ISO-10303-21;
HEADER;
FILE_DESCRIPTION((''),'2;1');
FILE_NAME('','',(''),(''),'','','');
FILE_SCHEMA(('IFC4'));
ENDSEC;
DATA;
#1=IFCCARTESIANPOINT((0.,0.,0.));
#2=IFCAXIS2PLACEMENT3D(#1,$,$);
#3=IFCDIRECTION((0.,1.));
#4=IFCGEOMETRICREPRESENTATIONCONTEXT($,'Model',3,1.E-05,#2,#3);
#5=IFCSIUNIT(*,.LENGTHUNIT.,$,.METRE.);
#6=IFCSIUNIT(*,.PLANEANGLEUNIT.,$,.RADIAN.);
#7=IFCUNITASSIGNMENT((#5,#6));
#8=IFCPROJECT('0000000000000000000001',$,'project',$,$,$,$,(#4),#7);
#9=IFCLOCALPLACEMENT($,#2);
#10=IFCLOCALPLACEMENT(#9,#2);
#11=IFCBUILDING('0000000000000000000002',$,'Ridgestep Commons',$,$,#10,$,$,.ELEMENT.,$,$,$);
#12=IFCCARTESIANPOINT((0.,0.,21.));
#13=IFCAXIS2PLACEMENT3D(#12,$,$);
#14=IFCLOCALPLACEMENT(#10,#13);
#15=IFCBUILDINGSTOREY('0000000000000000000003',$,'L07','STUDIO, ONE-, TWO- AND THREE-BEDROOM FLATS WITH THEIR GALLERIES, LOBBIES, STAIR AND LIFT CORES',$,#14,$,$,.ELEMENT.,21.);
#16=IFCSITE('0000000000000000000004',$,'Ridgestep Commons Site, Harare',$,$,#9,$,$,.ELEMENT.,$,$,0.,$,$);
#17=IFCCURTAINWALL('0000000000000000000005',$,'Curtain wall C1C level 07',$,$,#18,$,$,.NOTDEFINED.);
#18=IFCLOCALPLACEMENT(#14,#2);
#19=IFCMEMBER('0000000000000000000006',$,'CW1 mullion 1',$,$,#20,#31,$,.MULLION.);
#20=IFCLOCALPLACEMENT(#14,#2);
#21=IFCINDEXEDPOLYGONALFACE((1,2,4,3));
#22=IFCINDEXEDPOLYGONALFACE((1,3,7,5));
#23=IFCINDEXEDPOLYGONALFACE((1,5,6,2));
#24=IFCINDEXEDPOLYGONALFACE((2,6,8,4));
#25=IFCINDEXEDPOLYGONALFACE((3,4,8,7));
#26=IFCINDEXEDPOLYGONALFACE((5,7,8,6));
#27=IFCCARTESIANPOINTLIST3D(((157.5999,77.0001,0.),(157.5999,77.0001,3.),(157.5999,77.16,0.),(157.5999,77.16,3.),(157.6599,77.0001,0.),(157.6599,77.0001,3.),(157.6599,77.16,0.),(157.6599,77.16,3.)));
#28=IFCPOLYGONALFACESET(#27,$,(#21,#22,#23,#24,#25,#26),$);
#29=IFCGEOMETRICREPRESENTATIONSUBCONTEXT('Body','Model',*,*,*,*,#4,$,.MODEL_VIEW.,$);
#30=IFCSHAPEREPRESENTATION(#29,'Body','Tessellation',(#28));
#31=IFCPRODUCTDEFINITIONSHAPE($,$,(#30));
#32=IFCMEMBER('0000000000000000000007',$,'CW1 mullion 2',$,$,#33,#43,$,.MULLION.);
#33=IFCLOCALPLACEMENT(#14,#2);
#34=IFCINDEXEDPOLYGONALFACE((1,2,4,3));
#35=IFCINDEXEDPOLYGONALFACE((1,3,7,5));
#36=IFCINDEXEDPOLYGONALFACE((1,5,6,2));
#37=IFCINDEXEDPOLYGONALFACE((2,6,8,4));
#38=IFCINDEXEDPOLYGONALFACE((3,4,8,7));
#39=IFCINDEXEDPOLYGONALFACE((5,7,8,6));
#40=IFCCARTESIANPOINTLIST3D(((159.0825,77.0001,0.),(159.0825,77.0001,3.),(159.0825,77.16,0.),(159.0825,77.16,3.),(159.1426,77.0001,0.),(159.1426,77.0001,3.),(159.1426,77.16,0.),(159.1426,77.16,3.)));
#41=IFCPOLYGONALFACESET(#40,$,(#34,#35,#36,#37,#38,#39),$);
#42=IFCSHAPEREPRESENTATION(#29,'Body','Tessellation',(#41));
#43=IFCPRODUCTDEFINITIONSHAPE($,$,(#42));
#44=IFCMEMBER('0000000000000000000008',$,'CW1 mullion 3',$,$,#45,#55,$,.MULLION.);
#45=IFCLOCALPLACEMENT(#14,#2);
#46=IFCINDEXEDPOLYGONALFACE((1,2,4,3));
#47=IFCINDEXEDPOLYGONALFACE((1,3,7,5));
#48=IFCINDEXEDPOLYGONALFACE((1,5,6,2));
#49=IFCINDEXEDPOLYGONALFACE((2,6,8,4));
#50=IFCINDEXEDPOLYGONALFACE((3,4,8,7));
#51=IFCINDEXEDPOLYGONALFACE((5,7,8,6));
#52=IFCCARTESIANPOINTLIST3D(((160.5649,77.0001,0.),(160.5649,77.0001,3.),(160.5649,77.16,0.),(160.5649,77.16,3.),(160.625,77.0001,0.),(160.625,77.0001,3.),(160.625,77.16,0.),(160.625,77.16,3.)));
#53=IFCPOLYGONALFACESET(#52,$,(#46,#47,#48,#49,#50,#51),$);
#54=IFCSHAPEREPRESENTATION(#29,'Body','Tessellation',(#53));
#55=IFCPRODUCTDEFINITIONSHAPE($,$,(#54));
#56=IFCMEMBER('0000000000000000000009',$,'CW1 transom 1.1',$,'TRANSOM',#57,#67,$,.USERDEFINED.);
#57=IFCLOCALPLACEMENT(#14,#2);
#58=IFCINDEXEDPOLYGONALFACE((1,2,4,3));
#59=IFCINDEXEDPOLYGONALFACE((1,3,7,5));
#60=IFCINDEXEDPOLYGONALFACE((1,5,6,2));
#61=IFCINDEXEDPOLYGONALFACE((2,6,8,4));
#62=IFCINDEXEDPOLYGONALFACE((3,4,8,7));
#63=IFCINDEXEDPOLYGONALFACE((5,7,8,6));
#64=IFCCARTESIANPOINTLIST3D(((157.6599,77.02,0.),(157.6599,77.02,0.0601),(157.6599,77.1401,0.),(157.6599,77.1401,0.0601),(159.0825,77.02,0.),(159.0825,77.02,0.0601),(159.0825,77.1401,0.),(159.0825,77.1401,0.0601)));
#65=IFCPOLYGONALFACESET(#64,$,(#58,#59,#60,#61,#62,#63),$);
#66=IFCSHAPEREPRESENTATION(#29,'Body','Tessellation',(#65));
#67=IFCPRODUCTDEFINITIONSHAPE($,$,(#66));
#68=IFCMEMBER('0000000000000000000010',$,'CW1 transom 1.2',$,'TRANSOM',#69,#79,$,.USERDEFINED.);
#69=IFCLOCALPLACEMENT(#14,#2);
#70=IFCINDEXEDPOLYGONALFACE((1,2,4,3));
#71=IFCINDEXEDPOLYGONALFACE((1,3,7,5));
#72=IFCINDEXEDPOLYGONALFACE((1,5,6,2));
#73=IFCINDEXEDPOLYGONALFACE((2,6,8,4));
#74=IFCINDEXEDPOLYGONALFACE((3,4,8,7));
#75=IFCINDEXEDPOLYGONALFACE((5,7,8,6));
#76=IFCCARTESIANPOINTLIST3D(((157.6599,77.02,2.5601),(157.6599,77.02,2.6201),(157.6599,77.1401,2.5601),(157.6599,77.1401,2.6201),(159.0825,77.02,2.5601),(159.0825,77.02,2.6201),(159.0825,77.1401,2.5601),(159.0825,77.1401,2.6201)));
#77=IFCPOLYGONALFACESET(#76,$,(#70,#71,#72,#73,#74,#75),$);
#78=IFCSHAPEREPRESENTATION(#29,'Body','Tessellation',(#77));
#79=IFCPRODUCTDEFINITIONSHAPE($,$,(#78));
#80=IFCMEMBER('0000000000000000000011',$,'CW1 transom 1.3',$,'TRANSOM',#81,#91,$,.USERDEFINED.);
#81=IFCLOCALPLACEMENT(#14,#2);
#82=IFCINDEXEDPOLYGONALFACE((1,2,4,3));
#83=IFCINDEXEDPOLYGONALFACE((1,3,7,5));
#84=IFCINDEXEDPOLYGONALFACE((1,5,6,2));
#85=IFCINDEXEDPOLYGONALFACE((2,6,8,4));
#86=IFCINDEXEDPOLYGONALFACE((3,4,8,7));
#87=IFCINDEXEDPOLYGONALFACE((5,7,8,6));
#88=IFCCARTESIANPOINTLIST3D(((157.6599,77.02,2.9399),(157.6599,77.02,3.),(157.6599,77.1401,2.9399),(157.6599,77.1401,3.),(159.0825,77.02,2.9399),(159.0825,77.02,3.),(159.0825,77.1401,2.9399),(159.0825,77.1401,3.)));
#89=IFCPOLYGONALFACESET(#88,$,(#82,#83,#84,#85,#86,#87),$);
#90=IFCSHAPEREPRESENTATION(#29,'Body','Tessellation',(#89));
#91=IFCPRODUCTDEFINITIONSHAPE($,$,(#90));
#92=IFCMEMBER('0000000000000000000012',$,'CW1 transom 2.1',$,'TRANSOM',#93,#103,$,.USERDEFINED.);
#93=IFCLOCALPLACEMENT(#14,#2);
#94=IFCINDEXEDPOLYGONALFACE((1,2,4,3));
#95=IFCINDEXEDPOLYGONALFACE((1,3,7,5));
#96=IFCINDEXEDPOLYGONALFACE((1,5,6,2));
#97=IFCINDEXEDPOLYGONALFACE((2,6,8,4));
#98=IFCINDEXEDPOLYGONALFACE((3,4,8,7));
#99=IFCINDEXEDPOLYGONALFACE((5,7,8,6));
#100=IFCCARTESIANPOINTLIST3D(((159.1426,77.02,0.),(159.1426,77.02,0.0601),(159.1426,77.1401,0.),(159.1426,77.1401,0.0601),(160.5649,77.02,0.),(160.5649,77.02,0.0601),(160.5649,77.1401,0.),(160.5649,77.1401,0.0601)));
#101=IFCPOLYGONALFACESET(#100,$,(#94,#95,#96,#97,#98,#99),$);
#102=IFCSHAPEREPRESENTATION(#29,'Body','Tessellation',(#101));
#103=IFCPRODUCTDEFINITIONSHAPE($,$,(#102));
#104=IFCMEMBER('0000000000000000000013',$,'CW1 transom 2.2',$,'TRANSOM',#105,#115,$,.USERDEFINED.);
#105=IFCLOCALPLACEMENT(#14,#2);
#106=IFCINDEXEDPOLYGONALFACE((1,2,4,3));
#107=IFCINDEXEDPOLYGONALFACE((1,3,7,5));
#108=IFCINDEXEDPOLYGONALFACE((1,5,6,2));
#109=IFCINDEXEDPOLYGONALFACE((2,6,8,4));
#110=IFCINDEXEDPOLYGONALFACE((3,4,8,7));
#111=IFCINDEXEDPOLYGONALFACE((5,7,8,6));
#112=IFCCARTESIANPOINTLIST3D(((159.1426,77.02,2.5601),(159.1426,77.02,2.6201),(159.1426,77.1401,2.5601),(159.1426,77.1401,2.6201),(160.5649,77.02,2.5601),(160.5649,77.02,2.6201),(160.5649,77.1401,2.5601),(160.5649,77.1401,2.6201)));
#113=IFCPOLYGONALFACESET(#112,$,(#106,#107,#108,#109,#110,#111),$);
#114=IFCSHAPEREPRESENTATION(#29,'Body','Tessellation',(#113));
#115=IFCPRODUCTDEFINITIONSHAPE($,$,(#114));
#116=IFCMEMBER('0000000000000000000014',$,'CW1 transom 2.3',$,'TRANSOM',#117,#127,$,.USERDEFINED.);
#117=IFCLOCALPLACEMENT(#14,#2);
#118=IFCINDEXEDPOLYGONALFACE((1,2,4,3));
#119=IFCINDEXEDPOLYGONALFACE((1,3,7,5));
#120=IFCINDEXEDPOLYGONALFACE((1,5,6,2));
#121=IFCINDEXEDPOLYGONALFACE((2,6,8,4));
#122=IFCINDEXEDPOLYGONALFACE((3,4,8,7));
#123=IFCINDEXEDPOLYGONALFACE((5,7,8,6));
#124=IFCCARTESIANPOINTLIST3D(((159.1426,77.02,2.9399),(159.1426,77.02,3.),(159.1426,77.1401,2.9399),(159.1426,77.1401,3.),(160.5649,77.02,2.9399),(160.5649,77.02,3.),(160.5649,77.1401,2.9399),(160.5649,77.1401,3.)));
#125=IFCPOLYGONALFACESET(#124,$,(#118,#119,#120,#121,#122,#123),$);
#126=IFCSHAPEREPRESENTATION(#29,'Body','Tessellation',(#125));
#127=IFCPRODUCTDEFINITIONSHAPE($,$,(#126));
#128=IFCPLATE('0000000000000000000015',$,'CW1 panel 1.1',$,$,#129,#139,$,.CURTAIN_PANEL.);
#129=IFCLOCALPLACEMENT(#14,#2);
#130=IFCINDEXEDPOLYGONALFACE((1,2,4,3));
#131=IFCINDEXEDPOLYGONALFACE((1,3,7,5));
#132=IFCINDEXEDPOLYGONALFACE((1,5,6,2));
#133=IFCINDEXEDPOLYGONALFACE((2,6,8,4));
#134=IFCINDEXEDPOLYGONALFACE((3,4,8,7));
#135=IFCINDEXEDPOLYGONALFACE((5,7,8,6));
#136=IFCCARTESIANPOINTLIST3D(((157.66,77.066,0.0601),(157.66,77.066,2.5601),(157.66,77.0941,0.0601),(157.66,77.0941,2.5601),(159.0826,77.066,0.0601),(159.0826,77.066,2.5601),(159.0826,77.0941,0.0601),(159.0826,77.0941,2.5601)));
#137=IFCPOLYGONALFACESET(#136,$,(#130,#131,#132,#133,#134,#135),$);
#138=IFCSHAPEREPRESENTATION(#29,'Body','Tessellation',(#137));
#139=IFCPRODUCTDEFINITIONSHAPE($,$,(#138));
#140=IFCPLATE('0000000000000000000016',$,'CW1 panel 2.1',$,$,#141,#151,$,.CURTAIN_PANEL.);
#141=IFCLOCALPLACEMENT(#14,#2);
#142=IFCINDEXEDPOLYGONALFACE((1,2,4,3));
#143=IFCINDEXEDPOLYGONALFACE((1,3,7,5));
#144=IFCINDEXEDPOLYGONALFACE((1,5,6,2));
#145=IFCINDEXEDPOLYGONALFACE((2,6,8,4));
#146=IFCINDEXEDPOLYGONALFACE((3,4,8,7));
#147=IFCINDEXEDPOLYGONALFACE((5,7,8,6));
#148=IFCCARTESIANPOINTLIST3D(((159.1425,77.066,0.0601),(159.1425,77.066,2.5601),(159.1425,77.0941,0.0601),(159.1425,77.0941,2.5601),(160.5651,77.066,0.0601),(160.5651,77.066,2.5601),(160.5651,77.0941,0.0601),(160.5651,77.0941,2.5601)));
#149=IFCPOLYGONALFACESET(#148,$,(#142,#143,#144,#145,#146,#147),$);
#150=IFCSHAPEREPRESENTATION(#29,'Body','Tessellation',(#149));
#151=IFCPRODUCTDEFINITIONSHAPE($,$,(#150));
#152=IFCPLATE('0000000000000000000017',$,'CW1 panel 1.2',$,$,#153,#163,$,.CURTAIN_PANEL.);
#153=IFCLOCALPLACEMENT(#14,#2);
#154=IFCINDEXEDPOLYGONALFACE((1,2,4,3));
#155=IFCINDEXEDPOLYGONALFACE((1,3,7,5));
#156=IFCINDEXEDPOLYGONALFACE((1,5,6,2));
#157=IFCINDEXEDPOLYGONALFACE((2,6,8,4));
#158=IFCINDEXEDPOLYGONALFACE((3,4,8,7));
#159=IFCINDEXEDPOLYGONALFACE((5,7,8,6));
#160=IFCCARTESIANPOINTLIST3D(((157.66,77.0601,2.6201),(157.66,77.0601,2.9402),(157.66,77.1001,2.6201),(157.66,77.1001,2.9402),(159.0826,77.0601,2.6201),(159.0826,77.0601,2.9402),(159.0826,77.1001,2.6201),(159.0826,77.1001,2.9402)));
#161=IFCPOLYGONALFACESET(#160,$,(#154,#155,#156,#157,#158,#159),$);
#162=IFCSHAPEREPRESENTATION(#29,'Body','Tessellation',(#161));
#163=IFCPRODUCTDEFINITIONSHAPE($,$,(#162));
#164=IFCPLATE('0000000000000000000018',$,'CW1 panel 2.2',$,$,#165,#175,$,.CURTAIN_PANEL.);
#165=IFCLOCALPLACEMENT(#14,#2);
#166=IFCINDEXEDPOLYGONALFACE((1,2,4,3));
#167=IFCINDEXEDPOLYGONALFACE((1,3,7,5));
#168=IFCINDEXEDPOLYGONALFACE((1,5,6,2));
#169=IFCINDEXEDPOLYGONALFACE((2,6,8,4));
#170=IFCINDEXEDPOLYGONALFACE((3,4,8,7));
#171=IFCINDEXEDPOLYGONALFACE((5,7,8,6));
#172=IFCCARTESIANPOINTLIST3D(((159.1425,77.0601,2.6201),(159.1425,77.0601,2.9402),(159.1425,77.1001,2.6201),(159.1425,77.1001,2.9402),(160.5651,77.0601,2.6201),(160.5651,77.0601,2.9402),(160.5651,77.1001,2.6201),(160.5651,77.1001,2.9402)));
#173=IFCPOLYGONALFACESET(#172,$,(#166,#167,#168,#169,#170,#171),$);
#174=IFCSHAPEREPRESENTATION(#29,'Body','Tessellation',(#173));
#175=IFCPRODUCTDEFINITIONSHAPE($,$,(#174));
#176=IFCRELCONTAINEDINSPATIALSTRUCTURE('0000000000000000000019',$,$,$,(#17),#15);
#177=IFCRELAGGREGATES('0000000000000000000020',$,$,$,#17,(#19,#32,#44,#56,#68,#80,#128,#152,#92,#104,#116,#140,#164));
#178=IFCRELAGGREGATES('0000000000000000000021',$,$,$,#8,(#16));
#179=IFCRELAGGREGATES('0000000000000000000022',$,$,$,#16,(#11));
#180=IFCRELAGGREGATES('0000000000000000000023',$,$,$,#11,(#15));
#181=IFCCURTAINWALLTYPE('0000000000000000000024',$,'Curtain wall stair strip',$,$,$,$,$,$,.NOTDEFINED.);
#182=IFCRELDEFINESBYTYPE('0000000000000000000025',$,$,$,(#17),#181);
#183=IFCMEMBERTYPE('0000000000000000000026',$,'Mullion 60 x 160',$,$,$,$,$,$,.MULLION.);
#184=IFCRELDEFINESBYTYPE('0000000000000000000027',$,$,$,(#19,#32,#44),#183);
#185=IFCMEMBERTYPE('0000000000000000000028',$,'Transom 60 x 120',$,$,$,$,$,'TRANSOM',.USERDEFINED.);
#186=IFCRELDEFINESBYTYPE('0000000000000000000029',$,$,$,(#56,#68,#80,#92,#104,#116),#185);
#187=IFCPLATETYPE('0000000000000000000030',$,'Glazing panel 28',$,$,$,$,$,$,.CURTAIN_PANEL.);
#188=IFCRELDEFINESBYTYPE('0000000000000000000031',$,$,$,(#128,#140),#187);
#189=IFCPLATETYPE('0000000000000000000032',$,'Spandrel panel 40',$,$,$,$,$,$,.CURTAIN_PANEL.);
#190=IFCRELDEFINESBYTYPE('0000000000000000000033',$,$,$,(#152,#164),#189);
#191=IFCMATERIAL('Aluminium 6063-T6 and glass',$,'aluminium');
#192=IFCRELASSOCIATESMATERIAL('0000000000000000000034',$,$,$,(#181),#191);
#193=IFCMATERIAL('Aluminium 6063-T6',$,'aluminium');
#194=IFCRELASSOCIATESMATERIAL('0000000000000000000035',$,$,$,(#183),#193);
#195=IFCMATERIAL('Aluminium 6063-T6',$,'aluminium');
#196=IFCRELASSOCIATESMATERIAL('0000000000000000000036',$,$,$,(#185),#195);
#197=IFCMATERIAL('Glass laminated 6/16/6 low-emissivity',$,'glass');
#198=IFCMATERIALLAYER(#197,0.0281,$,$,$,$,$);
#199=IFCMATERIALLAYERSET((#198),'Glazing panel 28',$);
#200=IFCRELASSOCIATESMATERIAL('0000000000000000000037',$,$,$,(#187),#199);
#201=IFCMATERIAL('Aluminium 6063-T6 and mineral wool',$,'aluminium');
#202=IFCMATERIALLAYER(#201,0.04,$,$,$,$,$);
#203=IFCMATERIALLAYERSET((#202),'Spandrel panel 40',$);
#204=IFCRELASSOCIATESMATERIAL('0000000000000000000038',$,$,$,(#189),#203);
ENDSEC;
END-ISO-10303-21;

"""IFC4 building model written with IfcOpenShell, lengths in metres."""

from ifc_helpers import new_model, si_unit, direction, frame, origin, origin_2d, place, context, subcontext, project, spatial, rectangle, extrude, material, layer, layer_set, material_profile, profile_set, type_object, element, aggregate, save


model = new_model("IFC4")

# Units and contexts
model_context = context("Model", 3, precision=1e-05, world=origin(), true_north=direction((0.0, 1.0)))
body_context = subcontext(model_context, "Body", "Model", "MODEL_VIEW")
ifc_project = project(units=[si_unit("LENGTHUNIT", "METRE"), si_unit("PLANEANGLEUNIT", "RADIAN")], contexts=[model_context])

# Site, building, storey
site_placement = place(None, origin())
site = spatial("IfcSite", under=ifc_project, at=site_placement, Name="Ridgestep Commons Site, Harare", CompositionType="ELEMENT", RefElevation=0.0)
building_placement = place(site_placement, origin())
building = spatial("IfcBuilding", under=site, at=building_placement, Name="Ridgestep Commons", CompositionType="ELEMENT")
storey_placement = place(building_placement, frame((0.0, 0.0, 21.0)))
storey = spatial("IfcBuildingStorey", under=building, at=storey_placement, Name="L07", Description="STUDIO, ONE-, TWO- AND THREE-BEDROOM FLATS WITH THEIR GALLERIES, LOBBIES, STAIR AND LIFT CORES", CompositionType="ELEMENT", Elevation=21.0)

# Curtain wall, members, plates
ifc_material_1 = material(Name="Aluminium 6063-T6 and glass", Category="aluminium")
curtain_wall_type = type_object("IfcCurtainWallType", Name="Curtain wall stair strip", PredefinedType="NOTDEFINED", material=ifc_material_1)
curtain_wall_placement = place(storey_placement, origin())
curtain_wall = element("IfcCurtainWall", 1, at=curtain_wall_placement, inside=storey, type_object=curtain_wall_type, Name="Curtain wall C1C level 07", PredefinedType="NOTDEFINED")
ifc_material_2 = material(Name="Aluminium 6063-T6", Category="aluminium")
ifc_material_profile_1 = material_profile(ifc_material_2, rectangle(XDim=0.1599, YDim=0.0601, at=origin_2d()), Name="Mullion 60 x 160")
ifc_profile_set_1 = profile_set([ifc_material_profile_1], Name="Aluminium 6063-T6")
member_type_1 = type_object("IfcMemberType", Name="Mullion 60 x 160", PredefinedType="MULLION", material=ifc_profile_set_1)
member_1_placement = place(storey_placement, frame((157.6299, 77.0801, 0.0), z_axis=(0.0, 0.0, 1.0), x_axis=(0.0, 1.0, 0.0)))
member_1 = element("IfcMember", 2, at=member_1_placement, type_object=member_type_1, Name="CW1 mullion 1", PredefinedType="MULLION", context=body_context, shape_type="SweptSolid", body=[
    extrude(rectangle(XDim=0.1599, YDim=0.0601, at=origin_2d()), origin(), (0.0, 0.0, 1.0), 3.0),
])
member_2_placement = place(storey_placement, frame((159.1125, 77.0801, 0.0), z_axis=(0.0, 0.0, 1.0), x_axis=(0.0, 1.0, 0.0)))
member_2 = element("IfcMember", 3, at=member_2_placement, type_object=member_type_1, Name="CW1 mullion 2", PredefinedType="MULLION", context=body_context, shape_type="SweptSolid", body=[
    extrude(rectangle(XDim=0.1599, YDim=0.0601, at=origin_2d()), origin(), (0.0, 0.0, 1.0), 3.0),
])
member_3_placement = place(storey_placement, frame((160.595, 77.0801, 0.0), z_axis=(0.0, 0.0, 1.0), x_axis=(0.0, 1.0, 0.0)))
member_3 = element("IfcMember", 4, at=member_3_placement, type_object=member_type_1, Name="CW1 mullion 3", PredefinedType="MULLION", context=body_context, shape_type="SweptSolid", body=[
    extrude(rectangle(XDim=0.1599, YDim=0.0601, at=origin_2d()), origin(), (0.0, 0.0, 1.0), 3.0),
])
ifc_material_3 = material(Name="Aluminium 6063-T6", Category="aluminium")
ifc_material_profile_2 = material_profile(ifc_material_3, rectangle(XDim=0.1201, YDim=0.0601, at=origin_2d()), Name="Transom 60 x 120")
ifc_profile_set_2 = profile_set([ifc_material_profile_2], Name="Aluminium 6063-T6")
member_type_2 = type_object("IfcMemberType", Name="Transom 60 x 120", ElementType="TRANSOM", PredefinedType="USERDEFINED", material=ifc_profile_set_2)
member_4_placement = place(storey_placement, frame((157.6599, 77.0801, 0.03), z_axis=(1.0, 0.0, 0.0), x_axis=(0.0, 1.0, 0.0)))
member_4 = element("IfcMember", 5, at=member_4_placement, type_object=member_type_2, Name="CW1 transom 1.1", ObjectType="TRANSOM", PredefinedType="USERDEFINED", context=body_context, shape_type="SweptSolid", body=[
    extrude(rectangle(XDim=0.1201, YDim=0.0601, at=origin_2d()), origin(), (0.0, 0.0, 1.0), 1.4226),
])
member_5_placement = place(storey_placement, frame((157.6599, 77.0801, 2.5901), z_axis=(1.0, 0.0, 0.0), x_axis=(0.0, 1.0, 0.0)))
member_5 = element("IfcMember", 6, at=member_5_placement, type_object=member_type_2, Name="CW1 transom 1.2", ObjectType="TRANSOM", PredefinedType="USERDEFINED", context=body_context, shape_type="SweptSolid", body=[
    extrude(rectangle(XDim=0.1201, YDim=0.0601, at=origin_2d()), origin(), (0.0, 0.0, 1.0), 1.4226),
])
member_6_placement = place(storey_placement, frame((157.6599, 77.0801, 2.97), z_axis=(1.0, 0.0, 0.0), x_axis=(0.0, 1.0, 0.0)))
member_6 = element("IfcMember", 7, at=member_6_placement, type_object=member_type_2, Name="CW1 transom 1.3", ObjectType="TRANSOM", PredefinedType="USERDEFINED", context=body_context, shape_type="SweptSolid", body=[
    extrude(rectangle(XDim=0.1201, YDim=0.0601, at=origin_2d()), origin(), (0.0, 0.0, 1.0), 1.4226),
])
member_7_placement = place(storey_placement, frame((159.1426, 77.0801, 0.03), z_axis=(1.0, 0.0, 0.0), x_axis=(0.0, 1.0, 0.0)))
member_7 = element("IfcMember", 8, at=member_7_placement, type_object=member_type_2, Name="CW1 transom 2.1", ObjectType="TRANSOM", PredefinedType="USERDEFINED", context=body_context, shape_type="SweptSolid", body=[
    extrude(rectangle(XDim=0.1201, YDim=0.0601, at=origin_2d()), origin(), (0.0, 0.0, 1.0), 1.4224),
])
member_8_placement = place(storey_placement, frame((159.1426, 77.0801, 2.5901), z_axis=(1.0, 0.0, 0.0), x_axis=(0.0, 1.0, 0.0)))
member_8 = element("IfcMember", 9, at=member_8_placement, type_object=member_type_2, Name="CW1 transom 2.2", ObjectType="TRANSOM", PredefinedType="USERDEFINED", context=body_context, shape_type="SweptSolid", body=[
    extrude(rectangle(XDim=0.1201, YDim=0.0601, at=origin_2d()), origin(), (0.0, 0.0, 1.0), 1.4224),
])
member_9_placement = place(storey_placement, frame((159.1426, 77.0801, 2.97), z_axis=(1.0, 0.0, 0.0), x_axis=(0.0, 1.0, 0.0)))
member_9 = element("IfcMember", 10, at=member_9_placement, type_object=member_type_2, Name="CW1 transom 2.3", ObjectType="TRANSOM", PredefinedType="USERDEFINED", context=body_context, shape_type="SweptSolid", body=[
    extrude(rectangle(XDim=0.1201, YDim=0.0601, at=origin_2d()), origin(), (0.0, 0.0, 1.0), 1.4224),
])
ifc_material_4 = material(Name="Glass laminated 6/16/6 low-emissivity", Category="glass")
ifc_layer_1 = layer(ifc_material_4, 0.0281)
ifc_layer_set_1 = layer_set([ifc_layer_1], Name="Glazing panel 28")
plate_type_1 = type_object("IfcPlateType", Name="Glazing panel 28", PredefinedType="CURTAIN_PANEL", material=ifc_layer_set_1)
plate_1_placement = place(storey_placement, frame((158.3713, 77.0801, 0.0601), z_axis=(0.0, 0.0, 1.0), x_axis=(1.0, 0.0, 0.0)))
plate_1 = element("IfcPlate", 11, at=plate_1_placement, type_object=plate_type_1, Name="CW1 panel 1.1", PredefinedType="CURTAIN_PANEL", context=body_context, shape_type="SweptSolid", body=[
    extrude(rectangle(XDim=1.4226, YDim=0.0281, at=origin_2d()), origin(), (0.0, 0.0, 1.0), 2.5),
])
plate_2_placement = place(storey_placement, frame((159.8538, 77.0801, 0.0601), z_axis=(0.0, 0.0, 1.0), x_axis=(1.0, 0.0, 0.0)))
plate_2 = element("IfcPlate", 12, at=plate_2_placement, type_object=plate_type_1, Name="CW1 panel 2.1", PredefinedType="CURTAIN_PANEL", context=body_context, shape_type="SweptSolid", body=[
    extrude(rectangle(XDim=1.4226, YDim=0.0281, at=origin_2d()), origin(), (0.0, 0.0, 1.0), 2.5),
])
ifc_material_5 = material(Name="Aluminium 6063-T6 and mineral wool", Category="aluminium")
ifc_layer_2 = layer(ifc_material_5, 0.04)
ifc_layer_set_2 = layer_set([ifc_layer_2], Name="Spandrel panel 40")
plate_type_2 = type_object("IfcPlateType", Name="Spandrel panel 40", PredefinedType="CURTAIN_PANEL", material=ifc_layer_set_2)
plate_3_placement = place(storey_placement, frame((158.3713, 77.0801, 2.6201), z_axis=(0.0, 0.0, 1.0), x_axis=(1.0, 0.0, 0.0)))
plate_3 = element("IfcPlate", 13, at=plate_3_placement, type_object=plate_type_2, Name="CW1 panel 1.2", PredefinedType="CURTAIN_PANEL", context=body_context, shape_type="SweptSolid", body=[
    extrude(rectangle(XDim=1.4226, YDim=0.04, at=origin_2d()), origin(), (0.0, 0.0, 1.0), 0.3201),
])
plate_4_placement = place(storey_placement, frame((159.8538, 77.0801, 2.6201), z_axis=(0.0, 0.0, 1.0), x_axis=(1.0, 0.0, 0.0)))
plate_4 = element("IfcPlate", 14, at=plate_4_placement, type_object=plate_type_2, Name="CW1 panel 2.2", PredefinedType="CURTAIN_PANEL", context=body_context, shape_type="SweptSolid", body=[
    extrude(rectangle(XDim=1.4226, YDim=0.04, at=origin_2d()), origin(), (0.0, 0.0, 1.0), 0.3201),
])
aggregate(curtain_wall, [member_1, member_2, member_3, member_4, member_5, member_6, plate_1, plate_3, member_7, member_8, member_9, plate_2, plate_4])

save(model, "model.ifc")
